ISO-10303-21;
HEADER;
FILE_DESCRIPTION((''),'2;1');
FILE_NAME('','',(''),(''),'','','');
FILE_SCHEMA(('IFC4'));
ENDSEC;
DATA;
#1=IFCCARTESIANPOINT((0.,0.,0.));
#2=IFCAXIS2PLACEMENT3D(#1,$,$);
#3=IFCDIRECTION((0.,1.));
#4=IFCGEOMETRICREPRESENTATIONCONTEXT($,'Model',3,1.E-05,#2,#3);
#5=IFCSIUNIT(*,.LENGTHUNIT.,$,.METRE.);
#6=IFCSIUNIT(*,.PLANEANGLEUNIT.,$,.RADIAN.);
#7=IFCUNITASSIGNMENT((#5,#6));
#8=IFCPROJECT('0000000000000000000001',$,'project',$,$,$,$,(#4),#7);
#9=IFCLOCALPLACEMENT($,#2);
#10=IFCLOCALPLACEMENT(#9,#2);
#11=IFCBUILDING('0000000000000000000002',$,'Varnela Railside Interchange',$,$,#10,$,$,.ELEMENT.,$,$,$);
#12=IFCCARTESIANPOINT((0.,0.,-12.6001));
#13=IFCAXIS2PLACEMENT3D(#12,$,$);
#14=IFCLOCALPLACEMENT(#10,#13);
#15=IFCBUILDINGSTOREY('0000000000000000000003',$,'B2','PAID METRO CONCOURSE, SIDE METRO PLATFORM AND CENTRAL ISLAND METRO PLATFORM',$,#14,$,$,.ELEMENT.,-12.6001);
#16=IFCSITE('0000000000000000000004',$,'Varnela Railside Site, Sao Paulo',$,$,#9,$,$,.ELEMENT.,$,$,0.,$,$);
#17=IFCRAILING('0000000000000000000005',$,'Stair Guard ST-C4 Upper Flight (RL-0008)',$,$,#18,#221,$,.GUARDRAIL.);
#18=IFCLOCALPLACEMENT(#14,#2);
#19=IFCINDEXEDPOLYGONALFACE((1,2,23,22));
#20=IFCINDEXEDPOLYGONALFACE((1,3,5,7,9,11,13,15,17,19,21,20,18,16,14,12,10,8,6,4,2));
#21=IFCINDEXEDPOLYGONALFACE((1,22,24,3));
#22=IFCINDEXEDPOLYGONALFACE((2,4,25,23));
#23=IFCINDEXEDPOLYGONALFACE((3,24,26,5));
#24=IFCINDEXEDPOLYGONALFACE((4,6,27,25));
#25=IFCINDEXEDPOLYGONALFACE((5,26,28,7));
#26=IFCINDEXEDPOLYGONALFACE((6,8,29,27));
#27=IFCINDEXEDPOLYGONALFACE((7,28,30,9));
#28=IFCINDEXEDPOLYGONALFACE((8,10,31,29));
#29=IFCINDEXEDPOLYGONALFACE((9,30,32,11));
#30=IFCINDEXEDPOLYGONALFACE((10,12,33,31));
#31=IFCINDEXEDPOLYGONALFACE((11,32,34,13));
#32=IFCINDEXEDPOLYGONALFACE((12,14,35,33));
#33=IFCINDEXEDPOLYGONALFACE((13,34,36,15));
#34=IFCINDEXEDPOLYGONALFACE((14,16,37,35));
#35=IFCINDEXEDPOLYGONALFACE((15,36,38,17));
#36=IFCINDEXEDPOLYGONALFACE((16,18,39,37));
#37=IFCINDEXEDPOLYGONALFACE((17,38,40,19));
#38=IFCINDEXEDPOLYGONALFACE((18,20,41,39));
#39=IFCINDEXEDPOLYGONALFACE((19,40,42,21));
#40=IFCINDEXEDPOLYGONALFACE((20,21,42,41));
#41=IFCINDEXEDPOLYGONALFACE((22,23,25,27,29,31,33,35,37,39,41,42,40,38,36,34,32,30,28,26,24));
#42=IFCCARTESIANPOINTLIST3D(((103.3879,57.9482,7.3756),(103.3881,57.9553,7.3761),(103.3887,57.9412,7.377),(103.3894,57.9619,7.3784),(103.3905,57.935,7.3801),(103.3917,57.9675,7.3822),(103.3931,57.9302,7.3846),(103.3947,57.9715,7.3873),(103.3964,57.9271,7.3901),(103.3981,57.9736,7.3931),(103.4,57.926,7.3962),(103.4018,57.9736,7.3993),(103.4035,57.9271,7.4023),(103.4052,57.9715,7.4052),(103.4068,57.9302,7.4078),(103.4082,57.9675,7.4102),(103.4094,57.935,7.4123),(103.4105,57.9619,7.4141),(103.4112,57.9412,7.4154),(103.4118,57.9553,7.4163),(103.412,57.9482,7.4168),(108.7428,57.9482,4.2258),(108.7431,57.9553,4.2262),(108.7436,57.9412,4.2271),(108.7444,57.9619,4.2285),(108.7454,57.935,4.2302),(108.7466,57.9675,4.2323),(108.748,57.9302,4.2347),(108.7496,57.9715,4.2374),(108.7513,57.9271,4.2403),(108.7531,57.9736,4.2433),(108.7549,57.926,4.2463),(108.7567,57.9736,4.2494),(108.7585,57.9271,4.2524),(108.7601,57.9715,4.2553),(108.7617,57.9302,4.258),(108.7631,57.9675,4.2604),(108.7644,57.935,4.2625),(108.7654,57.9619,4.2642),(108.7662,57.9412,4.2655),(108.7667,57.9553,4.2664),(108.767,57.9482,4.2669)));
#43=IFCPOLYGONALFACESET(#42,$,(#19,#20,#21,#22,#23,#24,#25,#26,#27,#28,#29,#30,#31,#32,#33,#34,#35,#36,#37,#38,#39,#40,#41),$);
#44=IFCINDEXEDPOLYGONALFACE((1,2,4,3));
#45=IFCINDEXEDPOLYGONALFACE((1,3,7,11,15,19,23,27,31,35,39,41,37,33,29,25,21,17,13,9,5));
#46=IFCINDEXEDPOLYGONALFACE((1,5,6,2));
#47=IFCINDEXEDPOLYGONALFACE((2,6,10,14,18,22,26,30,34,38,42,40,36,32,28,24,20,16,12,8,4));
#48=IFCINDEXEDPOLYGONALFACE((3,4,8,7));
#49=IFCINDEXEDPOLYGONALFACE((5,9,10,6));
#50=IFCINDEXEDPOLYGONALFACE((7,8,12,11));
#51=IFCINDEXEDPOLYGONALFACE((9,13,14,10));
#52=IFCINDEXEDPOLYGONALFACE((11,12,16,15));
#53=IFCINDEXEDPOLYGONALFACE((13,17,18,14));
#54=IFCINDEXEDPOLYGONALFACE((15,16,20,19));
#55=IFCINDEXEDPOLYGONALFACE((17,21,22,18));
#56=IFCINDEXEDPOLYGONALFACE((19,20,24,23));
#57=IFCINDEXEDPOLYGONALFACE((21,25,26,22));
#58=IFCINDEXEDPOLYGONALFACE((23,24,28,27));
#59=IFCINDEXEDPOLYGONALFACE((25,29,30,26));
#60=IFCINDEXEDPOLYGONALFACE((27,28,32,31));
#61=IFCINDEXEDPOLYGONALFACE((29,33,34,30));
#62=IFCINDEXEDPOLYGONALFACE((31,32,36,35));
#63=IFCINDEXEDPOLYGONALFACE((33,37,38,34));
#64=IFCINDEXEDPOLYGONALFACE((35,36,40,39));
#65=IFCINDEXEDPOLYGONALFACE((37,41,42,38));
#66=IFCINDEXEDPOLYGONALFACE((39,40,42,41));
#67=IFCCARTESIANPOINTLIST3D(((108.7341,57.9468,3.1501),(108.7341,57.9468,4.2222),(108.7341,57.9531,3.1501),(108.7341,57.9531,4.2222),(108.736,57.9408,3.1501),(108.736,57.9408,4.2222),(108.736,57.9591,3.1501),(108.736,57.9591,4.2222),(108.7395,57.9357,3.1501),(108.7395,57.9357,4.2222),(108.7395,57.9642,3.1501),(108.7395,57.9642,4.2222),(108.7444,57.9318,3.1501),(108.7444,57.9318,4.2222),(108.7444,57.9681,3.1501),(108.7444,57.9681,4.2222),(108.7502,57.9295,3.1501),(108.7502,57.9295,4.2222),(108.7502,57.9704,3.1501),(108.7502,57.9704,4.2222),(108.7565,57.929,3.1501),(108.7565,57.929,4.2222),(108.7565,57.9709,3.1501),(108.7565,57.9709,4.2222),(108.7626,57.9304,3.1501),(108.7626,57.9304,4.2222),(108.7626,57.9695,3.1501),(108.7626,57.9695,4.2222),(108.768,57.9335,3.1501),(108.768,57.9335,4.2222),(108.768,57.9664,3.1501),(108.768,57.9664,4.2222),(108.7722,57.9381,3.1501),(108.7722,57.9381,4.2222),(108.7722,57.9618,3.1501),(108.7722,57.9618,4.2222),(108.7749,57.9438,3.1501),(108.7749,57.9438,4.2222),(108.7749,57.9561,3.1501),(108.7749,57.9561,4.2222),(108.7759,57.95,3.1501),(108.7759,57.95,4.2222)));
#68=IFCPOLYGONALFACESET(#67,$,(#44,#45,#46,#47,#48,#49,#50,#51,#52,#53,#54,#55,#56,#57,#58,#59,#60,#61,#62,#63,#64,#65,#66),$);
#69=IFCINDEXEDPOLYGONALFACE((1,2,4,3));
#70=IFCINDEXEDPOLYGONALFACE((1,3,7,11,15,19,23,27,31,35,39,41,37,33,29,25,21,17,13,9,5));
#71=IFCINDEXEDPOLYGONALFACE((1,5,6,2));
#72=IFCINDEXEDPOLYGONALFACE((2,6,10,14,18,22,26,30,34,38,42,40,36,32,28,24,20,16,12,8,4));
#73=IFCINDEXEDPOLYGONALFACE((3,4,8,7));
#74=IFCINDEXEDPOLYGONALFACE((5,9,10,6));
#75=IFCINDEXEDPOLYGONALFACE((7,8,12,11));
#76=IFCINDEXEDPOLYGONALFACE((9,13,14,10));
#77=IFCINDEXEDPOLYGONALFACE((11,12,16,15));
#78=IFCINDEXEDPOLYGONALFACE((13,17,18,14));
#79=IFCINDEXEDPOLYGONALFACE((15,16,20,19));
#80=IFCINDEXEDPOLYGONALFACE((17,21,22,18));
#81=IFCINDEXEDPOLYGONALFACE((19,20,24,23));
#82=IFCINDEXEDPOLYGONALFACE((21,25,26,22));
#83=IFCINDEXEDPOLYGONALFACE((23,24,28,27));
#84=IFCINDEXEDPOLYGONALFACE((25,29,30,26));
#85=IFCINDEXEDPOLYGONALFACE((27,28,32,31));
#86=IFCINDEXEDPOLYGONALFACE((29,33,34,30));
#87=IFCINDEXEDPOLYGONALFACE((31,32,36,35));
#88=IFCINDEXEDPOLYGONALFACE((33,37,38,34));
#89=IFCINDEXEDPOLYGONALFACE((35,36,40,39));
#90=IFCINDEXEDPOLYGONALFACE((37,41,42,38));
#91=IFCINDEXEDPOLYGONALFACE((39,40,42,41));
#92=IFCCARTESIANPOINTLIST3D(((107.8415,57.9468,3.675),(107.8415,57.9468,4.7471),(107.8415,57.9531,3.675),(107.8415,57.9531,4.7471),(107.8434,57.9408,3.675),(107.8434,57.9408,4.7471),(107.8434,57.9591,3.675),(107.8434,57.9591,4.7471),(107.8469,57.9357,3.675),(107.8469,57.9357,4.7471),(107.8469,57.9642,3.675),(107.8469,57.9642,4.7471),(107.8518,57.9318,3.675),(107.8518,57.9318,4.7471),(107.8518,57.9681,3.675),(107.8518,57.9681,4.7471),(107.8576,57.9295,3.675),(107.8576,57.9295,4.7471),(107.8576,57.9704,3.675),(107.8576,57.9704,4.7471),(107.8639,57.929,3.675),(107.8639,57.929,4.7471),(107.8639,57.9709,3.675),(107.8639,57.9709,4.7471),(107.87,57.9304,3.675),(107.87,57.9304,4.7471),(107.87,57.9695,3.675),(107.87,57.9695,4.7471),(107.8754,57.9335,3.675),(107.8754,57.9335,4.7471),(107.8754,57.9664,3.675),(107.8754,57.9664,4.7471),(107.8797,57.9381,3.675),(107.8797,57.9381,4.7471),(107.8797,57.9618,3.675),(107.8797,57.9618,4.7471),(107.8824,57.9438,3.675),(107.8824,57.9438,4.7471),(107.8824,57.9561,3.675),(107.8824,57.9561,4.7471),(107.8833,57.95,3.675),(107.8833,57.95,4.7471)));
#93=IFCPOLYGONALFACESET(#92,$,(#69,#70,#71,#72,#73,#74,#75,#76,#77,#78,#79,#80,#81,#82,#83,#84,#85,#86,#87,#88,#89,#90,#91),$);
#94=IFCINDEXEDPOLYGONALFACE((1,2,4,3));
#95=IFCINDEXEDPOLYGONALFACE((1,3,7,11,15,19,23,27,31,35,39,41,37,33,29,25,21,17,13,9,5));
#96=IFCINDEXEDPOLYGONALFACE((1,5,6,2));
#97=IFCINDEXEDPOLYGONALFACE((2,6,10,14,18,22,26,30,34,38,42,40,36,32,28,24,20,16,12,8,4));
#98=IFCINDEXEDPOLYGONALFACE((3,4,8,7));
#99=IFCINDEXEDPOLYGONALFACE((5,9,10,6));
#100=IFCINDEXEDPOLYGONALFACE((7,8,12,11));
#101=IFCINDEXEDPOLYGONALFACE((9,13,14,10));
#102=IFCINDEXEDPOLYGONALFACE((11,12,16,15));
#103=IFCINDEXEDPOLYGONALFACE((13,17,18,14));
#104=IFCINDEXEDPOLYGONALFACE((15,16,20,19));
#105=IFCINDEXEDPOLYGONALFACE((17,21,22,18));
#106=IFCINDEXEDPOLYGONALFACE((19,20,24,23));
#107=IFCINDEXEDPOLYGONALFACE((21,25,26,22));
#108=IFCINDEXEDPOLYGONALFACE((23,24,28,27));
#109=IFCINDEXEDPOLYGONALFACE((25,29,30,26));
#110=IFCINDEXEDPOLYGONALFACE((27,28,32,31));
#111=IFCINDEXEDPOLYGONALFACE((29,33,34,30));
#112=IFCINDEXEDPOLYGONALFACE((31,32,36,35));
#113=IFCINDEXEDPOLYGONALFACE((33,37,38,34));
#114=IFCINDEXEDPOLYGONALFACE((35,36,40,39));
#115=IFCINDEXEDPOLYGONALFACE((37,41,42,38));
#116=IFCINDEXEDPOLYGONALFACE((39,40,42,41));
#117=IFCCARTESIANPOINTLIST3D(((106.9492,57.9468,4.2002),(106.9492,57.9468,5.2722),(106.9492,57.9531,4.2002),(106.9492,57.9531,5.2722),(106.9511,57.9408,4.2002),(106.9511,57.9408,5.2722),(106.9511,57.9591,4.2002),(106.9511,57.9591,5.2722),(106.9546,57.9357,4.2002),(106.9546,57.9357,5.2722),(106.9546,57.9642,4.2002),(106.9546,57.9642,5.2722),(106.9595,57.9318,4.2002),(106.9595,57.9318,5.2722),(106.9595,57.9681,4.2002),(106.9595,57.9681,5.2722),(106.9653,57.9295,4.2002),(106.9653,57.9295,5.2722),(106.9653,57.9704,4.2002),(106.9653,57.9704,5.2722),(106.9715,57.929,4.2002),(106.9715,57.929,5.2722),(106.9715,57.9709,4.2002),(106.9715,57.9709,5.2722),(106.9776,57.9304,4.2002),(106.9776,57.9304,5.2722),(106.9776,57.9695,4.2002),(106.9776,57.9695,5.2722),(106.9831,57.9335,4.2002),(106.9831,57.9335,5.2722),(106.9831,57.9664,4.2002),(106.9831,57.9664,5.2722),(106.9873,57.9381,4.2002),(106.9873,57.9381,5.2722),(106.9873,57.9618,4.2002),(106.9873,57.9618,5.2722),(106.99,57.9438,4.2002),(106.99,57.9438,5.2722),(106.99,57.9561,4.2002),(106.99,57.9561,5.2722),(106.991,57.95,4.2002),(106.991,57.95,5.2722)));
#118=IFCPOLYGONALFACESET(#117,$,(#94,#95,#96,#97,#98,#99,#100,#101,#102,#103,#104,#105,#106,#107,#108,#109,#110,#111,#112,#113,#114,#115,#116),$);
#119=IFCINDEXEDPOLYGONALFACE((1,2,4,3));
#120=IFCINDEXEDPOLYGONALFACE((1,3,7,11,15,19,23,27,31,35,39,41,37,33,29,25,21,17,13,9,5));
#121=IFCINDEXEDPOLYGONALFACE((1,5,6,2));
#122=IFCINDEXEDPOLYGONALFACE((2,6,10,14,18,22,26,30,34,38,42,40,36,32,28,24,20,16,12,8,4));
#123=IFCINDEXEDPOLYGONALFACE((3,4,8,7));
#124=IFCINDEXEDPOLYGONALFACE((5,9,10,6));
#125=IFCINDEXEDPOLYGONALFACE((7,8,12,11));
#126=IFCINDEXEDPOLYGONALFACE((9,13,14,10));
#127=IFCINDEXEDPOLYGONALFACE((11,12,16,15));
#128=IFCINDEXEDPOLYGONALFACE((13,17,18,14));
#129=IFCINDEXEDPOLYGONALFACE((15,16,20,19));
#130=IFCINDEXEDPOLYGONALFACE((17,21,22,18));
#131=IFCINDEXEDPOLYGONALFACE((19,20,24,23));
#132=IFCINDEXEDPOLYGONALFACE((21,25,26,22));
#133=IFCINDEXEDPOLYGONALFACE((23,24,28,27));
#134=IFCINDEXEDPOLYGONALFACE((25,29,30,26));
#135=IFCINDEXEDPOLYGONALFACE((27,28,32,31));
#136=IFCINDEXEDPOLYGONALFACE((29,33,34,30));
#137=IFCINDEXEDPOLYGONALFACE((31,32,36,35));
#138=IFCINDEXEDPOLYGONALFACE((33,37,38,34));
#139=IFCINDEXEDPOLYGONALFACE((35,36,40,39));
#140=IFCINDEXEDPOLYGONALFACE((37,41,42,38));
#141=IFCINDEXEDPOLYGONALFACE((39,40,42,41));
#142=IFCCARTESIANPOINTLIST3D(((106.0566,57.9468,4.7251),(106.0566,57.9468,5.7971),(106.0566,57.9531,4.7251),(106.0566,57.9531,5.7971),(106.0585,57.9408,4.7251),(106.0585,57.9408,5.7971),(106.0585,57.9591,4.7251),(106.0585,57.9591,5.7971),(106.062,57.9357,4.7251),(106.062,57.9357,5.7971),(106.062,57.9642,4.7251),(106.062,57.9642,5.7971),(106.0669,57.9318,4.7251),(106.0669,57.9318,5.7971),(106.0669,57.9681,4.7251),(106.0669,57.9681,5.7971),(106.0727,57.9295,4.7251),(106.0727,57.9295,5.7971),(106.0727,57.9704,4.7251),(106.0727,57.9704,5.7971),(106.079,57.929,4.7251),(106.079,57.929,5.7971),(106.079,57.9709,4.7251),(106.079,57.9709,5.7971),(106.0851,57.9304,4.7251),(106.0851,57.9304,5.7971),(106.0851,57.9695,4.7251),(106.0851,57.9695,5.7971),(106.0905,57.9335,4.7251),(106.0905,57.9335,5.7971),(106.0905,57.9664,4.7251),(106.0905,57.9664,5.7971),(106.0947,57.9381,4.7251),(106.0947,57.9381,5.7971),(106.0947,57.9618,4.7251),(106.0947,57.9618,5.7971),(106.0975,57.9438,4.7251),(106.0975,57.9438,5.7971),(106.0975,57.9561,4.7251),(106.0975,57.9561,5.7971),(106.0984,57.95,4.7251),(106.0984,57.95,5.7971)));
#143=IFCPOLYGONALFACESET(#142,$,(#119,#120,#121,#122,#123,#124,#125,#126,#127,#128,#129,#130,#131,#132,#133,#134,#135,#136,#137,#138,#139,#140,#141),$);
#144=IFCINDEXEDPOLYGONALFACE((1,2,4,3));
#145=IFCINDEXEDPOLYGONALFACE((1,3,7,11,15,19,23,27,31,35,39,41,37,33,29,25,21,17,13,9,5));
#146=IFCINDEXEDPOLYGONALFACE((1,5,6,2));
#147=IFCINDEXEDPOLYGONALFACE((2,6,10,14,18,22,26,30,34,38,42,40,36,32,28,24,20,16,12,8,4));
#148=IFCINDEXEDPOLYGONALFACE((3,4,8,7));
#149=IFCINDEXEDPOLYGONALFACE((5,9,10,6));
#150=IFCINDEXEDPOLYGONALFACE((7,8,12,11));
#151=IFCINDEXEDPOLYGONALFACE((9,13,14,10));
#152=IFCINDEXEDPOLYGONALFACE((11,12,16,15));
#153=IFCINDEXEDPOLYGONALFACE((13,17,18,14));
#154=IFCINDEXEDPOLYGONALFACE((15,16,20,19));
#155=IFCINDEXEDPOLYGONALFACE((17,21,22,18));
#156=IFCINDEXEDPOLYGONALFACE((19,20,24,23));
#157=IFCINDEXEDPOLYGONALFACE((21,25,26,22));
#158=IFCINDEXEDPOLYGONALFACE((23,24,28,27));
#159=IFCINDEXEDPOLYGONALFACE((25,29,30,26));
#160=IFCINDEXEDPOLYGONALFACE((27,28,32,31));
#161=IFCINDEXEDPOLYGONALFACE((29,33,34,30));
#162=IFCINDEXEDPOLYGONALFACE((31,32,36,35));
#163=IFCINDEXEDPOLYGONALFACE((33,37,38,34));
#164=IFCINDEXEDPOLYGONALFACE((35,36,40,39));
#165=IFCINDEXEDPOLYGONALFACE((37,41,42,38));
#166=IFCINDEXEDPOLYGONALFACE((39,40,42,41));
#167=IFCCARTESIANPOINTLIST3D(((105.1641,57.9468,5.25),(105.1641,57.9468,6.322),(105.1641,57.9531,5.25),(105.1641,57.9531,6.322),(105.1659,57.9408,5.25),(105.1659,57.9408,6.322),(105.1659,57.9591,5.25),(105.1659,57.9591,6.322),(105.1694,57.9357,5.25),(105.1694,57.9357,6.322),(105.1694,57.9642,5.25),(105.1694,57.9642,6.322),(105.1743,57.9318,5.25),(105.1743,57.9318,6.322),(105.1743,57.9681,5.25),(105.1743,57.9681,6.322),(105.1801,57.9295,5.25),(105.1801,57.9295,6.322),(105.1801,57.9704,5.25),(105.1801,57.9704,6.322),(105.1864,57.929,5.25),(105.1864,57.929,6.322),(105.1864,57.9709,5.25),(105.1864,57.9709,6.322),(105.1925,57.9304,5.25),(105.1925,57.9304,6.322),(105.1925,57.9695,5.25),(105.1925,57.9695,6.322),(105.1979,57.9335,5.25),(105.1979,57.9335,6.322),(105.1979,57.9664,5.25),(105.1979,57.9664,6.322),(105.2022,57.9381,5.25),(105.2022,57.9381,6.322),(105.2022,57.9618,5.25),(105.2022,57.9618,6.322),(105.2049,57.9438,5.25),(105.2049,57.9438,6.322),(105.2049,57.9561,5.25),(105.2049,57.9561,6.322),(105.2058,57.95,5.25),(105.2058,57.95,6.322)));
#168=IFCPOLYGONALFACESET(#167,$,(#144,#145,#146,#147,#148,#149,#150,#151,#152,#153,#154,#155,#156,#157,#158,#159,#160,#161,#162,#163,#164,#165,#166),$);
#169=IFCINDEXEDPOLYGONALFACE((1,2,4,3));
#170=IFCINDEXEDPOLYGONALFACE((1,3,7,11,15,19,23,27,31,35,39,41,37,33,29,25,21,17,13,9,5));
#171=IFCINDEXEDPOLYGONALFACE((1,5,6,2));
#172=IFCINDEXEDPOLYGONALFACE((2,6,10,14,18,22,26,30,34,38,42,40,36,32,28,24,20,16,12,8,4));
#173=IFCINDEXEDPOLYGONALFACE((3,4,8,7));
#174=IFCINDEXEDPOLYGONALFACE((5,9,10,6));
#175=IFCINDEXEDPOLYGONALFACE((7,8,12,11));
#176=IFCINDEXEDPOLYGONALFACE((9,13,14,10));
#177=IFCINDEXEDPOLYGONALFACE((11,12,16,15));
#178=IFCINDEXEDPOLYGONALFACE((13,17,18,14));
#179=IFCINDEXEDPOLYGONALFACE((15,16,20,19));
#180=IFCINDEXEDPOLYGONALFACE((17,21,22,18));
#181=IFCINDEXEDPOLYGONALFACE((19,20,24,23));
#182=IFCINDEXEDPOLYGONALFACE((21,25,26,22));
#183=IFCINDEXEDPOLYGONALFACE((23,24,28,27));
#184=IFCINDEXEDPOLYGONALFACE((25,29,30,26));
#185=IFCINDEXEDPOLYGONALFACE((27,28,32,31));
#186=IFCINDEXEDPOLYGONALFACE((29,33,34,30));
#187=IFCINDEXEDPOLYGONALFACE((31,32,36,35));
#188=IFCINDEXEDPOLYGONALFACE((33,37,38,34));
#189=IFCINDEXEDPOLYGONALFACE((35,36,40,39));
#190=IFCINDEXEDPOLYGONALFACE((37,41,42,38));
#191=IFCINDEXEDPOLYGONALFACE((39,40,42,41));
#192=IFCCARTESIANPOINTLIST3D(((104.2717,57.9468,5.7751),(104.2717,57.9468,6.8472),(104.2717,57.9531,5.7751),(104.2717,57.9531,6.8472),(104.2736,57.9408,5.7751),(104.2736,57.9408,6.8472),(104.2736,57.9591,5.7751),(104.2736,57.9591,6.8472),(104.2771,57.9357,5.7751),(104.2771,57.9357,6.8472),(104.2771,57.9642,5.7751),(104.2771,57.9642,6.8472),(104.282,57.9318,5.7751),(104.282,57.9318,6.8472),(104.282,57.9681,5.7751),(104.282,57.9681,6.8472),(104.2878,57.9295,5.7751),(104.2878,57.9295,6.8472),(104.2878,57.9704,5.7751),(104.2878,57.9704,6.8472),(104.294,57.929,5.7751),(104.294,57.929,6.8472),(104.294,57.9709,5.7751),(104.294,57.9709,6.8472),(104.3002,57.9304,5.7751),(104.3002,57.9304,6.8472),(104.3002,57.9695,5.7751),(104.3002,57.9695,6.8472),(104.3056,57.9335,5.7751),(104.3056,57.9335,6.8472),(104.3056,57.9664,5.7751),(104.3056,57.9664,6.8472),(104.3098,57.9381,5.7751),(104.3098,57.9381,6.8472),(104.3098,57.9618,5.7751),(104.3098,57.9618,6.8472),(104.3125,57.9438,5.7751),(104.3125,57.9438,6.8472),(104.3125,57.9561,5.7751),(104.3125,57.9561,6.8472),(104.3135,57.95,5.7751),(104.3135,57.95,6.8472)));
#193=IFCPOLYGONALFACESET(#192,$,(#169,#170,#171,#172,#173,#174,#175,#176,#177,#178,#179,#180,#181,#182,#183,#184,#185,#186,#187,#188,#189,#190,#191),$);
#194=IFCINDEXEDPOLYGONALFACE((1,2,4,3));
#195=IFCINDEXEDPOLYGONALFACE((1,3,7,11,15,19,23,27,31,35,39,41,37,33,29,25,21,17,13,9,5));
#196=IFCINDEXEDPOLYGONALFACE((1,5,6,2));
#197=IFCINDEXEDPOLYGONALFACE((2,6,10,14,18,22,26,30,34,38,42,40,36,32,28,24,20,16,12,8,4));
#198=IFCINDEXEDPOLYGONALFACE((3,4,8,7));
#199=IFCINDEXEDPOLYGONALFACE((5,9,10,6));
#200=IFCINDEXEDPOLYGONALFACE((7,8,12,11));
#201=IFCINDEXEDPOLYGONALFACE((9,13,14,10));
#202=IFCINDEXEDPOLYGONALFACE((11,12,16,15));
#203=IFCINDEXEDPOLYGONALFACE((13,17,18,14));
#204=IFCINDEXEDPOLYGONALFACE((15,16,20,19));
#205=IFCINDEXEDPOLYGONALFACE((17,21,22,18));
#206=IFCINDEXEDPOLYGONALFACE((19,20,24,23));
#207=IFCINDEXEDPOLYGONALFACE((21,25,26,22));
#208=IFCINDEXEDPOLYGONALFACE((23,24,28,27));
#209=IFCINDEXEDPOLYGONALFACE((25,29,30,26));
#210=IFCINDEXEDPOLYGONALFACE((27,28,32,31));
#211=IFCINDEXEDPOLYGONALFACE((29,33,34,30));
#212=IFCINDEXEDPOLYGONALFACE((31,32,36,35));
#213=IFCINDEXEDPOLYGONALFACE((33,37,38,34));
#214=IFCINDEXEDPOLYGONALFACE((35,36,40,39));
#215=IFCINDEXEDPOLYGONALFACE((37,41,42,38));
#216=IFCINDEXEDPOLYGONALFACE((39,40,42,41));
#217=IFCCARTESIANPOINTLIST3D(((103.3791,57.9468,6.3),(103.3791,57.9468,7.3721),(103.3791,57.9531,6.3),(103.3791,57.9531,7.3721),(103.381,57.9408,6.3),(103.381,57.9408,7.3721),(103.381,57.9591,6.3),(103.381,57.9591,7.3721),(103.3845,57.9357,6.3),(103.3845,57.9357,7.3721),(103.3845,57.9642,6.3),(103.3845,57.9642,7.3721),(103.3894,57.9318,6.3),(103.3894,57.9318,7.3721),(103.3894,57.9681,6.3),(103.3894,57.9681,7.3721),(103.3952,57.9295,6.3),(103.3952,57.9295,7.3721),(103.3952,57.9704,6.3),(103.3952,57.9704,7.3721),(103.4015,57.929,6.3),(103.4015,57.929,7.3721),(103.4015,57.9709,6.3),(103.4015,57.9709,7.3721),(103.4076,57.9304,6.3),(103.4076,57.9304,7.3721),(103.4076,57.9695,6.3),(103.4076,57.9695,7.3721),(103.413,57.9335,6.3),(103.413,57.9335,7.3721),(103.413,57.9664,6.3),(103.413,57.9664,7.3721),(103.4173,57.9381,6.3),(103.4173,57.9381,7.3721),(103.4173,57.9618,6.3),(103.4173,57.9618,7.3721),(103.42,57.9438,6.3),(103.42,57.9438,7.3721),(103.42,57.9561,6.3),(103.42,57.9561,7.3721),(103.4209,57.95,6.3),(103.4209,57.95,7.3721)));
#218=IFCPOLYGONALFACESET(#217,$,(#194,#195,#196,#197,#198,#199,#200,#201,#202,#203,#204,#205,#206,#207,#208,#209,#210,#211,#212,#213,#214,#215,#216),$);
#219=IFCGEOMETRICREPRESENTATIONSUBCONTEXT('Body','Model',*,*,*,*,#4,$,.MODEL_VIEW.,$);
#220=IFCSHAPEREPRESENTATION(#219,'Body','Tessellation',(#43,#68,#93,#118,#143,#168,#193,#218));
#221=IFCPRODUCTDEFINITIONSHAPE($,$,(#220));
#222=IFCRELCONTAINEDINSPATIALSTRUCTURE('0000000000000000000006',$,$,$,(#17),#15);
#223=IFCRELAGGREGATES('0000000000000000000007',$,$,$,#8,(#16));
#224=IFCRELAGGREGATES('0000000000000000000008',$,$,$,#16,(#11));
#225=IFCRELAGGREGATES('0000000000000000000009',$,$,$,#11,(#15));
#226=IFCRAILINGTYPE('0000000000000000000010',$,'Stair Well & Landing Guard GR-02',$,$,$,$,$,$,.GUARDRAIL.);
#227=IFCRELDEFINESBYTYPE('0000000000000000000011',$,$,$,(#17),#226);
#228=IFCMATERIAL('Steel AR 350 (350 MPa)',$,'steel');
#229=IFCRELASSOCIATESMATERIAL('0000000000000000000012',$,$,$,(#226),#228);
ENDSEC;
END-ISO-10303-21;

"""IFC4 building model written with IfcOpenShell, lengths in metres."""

from ifc_helpers import new_model, si_unit, direction, frame, origin, origin_2d, place, context, subcontext, project, spatial, circle, extrude, material, type_object, element, save


model = new_model("IFC4")

# Units and contexts
model_context = context("Model", 3, precision=1e-05, world=origin(), true_north=direction((0.0, 1.0)))
body_context = subcontext(model_context, "Body", "Model", "MODEL_VIEW")
ifc_project = project(units=[si_unit("LENGTHUNIT", "METRE"), si_unit("PLANEANGLEUNIT", "RADIAN")], contexts=[model_context])

# Site, building, storey
site_placement = place(None, origin())
site = spatial("IfcSite", under=ifc_project, at=site_placement, Name="Varnela Railside Site, Sao Paulo", CompositionType="ELEMENT", RefElevation=0.0)
building_placement = place(site_placement, origin())
building = spatial("IfcBuilding", under=site, at=building_placement, Name="Varnela Railside Interchange", CompositionType="ELEMENT")
storey_placement = place(building_placement, frame((0.0, 0.0, -12.6001)))
storey = spatial("IfcBuildingStorey", under=building, at=storey_placement, Name="B2", Description="PAID METRO CONCOURSE, SIDE METRO PLATFORM AND CENTRAL ISLAND METRO PLATFORM", CompositionType="ELEMENT", Elevation=-12.6001)

# Railing
ifc_material_1 = material(Name="Steel AR 350 (350 MPa)", Category="steel")
railing_type_1 = type_object("IfcRailingType", Name="Stair Well & Landing Guard GR-02", PredefinedType="GUARDRAIL", material=ifc_material_1)
railing_1_placement = place(storey_placement, frame((108.7549, 57.95, 3.1501)))
element("IfcRailing", 1, at=railing_1_placement, inside=storey, type_object=railing_type_1, Name="Stair Guard ST-C4 Upper Flight (RL-0008)", PredefinedType="GUARDRAIL", context=body_context, shape_type="SweptSolid", body=[
    extrude(circle(Radius=0.0239, at=origin_2d()), frame((0.0, 0.0, 1.0962), z_axis=(-0.86194, 0.0, 0.50701), x_axis=(0.0, -1.0, 0.0)), (0.0, 0.0, 1.0), 6.2126),
    extrude(circle(Radius=0.021, at=origin_2d()), origin(), (0.0, 0.0, 1.0), 1.072),
    extrude(circle(Radius=0.021, at=origin_2d()), frame((-0.8926, 0.0, 0.5249)), (0.0, 0.0, 1.0), 1.072),
    extrude(circle(Radius=0.021, at=origin_2d()), frame((-1.7849, 0.0, 1.05)), (0.0, 0.0, 1.0), 1.072),
    extrude(circle(Radius=0.021, at=origin_2d()), frame((-2.6775, 0.0, 1.575)), (0.0, 0.0, 1.0), 1.072),
    extrude(circle(Radius=0.021, at=origin_2d()), frame((-3.5701, 0.0, 2.0999)), (0.0, 0.0, 1.0), 1.072),
    extrude(circle(Radius=0.021, at=origin_2d()), frame((-4.4624, 0.0, 2.625)), (0.0, 0.0, 1.0), 1.072),
    extrude(circle(Radius=0.021, at=origin_2d()), frame((-5.355, 0.0, 3.1499)), (0.0, 0.0, 1.0), 1.072),
])

save(model, "model.ifc")
